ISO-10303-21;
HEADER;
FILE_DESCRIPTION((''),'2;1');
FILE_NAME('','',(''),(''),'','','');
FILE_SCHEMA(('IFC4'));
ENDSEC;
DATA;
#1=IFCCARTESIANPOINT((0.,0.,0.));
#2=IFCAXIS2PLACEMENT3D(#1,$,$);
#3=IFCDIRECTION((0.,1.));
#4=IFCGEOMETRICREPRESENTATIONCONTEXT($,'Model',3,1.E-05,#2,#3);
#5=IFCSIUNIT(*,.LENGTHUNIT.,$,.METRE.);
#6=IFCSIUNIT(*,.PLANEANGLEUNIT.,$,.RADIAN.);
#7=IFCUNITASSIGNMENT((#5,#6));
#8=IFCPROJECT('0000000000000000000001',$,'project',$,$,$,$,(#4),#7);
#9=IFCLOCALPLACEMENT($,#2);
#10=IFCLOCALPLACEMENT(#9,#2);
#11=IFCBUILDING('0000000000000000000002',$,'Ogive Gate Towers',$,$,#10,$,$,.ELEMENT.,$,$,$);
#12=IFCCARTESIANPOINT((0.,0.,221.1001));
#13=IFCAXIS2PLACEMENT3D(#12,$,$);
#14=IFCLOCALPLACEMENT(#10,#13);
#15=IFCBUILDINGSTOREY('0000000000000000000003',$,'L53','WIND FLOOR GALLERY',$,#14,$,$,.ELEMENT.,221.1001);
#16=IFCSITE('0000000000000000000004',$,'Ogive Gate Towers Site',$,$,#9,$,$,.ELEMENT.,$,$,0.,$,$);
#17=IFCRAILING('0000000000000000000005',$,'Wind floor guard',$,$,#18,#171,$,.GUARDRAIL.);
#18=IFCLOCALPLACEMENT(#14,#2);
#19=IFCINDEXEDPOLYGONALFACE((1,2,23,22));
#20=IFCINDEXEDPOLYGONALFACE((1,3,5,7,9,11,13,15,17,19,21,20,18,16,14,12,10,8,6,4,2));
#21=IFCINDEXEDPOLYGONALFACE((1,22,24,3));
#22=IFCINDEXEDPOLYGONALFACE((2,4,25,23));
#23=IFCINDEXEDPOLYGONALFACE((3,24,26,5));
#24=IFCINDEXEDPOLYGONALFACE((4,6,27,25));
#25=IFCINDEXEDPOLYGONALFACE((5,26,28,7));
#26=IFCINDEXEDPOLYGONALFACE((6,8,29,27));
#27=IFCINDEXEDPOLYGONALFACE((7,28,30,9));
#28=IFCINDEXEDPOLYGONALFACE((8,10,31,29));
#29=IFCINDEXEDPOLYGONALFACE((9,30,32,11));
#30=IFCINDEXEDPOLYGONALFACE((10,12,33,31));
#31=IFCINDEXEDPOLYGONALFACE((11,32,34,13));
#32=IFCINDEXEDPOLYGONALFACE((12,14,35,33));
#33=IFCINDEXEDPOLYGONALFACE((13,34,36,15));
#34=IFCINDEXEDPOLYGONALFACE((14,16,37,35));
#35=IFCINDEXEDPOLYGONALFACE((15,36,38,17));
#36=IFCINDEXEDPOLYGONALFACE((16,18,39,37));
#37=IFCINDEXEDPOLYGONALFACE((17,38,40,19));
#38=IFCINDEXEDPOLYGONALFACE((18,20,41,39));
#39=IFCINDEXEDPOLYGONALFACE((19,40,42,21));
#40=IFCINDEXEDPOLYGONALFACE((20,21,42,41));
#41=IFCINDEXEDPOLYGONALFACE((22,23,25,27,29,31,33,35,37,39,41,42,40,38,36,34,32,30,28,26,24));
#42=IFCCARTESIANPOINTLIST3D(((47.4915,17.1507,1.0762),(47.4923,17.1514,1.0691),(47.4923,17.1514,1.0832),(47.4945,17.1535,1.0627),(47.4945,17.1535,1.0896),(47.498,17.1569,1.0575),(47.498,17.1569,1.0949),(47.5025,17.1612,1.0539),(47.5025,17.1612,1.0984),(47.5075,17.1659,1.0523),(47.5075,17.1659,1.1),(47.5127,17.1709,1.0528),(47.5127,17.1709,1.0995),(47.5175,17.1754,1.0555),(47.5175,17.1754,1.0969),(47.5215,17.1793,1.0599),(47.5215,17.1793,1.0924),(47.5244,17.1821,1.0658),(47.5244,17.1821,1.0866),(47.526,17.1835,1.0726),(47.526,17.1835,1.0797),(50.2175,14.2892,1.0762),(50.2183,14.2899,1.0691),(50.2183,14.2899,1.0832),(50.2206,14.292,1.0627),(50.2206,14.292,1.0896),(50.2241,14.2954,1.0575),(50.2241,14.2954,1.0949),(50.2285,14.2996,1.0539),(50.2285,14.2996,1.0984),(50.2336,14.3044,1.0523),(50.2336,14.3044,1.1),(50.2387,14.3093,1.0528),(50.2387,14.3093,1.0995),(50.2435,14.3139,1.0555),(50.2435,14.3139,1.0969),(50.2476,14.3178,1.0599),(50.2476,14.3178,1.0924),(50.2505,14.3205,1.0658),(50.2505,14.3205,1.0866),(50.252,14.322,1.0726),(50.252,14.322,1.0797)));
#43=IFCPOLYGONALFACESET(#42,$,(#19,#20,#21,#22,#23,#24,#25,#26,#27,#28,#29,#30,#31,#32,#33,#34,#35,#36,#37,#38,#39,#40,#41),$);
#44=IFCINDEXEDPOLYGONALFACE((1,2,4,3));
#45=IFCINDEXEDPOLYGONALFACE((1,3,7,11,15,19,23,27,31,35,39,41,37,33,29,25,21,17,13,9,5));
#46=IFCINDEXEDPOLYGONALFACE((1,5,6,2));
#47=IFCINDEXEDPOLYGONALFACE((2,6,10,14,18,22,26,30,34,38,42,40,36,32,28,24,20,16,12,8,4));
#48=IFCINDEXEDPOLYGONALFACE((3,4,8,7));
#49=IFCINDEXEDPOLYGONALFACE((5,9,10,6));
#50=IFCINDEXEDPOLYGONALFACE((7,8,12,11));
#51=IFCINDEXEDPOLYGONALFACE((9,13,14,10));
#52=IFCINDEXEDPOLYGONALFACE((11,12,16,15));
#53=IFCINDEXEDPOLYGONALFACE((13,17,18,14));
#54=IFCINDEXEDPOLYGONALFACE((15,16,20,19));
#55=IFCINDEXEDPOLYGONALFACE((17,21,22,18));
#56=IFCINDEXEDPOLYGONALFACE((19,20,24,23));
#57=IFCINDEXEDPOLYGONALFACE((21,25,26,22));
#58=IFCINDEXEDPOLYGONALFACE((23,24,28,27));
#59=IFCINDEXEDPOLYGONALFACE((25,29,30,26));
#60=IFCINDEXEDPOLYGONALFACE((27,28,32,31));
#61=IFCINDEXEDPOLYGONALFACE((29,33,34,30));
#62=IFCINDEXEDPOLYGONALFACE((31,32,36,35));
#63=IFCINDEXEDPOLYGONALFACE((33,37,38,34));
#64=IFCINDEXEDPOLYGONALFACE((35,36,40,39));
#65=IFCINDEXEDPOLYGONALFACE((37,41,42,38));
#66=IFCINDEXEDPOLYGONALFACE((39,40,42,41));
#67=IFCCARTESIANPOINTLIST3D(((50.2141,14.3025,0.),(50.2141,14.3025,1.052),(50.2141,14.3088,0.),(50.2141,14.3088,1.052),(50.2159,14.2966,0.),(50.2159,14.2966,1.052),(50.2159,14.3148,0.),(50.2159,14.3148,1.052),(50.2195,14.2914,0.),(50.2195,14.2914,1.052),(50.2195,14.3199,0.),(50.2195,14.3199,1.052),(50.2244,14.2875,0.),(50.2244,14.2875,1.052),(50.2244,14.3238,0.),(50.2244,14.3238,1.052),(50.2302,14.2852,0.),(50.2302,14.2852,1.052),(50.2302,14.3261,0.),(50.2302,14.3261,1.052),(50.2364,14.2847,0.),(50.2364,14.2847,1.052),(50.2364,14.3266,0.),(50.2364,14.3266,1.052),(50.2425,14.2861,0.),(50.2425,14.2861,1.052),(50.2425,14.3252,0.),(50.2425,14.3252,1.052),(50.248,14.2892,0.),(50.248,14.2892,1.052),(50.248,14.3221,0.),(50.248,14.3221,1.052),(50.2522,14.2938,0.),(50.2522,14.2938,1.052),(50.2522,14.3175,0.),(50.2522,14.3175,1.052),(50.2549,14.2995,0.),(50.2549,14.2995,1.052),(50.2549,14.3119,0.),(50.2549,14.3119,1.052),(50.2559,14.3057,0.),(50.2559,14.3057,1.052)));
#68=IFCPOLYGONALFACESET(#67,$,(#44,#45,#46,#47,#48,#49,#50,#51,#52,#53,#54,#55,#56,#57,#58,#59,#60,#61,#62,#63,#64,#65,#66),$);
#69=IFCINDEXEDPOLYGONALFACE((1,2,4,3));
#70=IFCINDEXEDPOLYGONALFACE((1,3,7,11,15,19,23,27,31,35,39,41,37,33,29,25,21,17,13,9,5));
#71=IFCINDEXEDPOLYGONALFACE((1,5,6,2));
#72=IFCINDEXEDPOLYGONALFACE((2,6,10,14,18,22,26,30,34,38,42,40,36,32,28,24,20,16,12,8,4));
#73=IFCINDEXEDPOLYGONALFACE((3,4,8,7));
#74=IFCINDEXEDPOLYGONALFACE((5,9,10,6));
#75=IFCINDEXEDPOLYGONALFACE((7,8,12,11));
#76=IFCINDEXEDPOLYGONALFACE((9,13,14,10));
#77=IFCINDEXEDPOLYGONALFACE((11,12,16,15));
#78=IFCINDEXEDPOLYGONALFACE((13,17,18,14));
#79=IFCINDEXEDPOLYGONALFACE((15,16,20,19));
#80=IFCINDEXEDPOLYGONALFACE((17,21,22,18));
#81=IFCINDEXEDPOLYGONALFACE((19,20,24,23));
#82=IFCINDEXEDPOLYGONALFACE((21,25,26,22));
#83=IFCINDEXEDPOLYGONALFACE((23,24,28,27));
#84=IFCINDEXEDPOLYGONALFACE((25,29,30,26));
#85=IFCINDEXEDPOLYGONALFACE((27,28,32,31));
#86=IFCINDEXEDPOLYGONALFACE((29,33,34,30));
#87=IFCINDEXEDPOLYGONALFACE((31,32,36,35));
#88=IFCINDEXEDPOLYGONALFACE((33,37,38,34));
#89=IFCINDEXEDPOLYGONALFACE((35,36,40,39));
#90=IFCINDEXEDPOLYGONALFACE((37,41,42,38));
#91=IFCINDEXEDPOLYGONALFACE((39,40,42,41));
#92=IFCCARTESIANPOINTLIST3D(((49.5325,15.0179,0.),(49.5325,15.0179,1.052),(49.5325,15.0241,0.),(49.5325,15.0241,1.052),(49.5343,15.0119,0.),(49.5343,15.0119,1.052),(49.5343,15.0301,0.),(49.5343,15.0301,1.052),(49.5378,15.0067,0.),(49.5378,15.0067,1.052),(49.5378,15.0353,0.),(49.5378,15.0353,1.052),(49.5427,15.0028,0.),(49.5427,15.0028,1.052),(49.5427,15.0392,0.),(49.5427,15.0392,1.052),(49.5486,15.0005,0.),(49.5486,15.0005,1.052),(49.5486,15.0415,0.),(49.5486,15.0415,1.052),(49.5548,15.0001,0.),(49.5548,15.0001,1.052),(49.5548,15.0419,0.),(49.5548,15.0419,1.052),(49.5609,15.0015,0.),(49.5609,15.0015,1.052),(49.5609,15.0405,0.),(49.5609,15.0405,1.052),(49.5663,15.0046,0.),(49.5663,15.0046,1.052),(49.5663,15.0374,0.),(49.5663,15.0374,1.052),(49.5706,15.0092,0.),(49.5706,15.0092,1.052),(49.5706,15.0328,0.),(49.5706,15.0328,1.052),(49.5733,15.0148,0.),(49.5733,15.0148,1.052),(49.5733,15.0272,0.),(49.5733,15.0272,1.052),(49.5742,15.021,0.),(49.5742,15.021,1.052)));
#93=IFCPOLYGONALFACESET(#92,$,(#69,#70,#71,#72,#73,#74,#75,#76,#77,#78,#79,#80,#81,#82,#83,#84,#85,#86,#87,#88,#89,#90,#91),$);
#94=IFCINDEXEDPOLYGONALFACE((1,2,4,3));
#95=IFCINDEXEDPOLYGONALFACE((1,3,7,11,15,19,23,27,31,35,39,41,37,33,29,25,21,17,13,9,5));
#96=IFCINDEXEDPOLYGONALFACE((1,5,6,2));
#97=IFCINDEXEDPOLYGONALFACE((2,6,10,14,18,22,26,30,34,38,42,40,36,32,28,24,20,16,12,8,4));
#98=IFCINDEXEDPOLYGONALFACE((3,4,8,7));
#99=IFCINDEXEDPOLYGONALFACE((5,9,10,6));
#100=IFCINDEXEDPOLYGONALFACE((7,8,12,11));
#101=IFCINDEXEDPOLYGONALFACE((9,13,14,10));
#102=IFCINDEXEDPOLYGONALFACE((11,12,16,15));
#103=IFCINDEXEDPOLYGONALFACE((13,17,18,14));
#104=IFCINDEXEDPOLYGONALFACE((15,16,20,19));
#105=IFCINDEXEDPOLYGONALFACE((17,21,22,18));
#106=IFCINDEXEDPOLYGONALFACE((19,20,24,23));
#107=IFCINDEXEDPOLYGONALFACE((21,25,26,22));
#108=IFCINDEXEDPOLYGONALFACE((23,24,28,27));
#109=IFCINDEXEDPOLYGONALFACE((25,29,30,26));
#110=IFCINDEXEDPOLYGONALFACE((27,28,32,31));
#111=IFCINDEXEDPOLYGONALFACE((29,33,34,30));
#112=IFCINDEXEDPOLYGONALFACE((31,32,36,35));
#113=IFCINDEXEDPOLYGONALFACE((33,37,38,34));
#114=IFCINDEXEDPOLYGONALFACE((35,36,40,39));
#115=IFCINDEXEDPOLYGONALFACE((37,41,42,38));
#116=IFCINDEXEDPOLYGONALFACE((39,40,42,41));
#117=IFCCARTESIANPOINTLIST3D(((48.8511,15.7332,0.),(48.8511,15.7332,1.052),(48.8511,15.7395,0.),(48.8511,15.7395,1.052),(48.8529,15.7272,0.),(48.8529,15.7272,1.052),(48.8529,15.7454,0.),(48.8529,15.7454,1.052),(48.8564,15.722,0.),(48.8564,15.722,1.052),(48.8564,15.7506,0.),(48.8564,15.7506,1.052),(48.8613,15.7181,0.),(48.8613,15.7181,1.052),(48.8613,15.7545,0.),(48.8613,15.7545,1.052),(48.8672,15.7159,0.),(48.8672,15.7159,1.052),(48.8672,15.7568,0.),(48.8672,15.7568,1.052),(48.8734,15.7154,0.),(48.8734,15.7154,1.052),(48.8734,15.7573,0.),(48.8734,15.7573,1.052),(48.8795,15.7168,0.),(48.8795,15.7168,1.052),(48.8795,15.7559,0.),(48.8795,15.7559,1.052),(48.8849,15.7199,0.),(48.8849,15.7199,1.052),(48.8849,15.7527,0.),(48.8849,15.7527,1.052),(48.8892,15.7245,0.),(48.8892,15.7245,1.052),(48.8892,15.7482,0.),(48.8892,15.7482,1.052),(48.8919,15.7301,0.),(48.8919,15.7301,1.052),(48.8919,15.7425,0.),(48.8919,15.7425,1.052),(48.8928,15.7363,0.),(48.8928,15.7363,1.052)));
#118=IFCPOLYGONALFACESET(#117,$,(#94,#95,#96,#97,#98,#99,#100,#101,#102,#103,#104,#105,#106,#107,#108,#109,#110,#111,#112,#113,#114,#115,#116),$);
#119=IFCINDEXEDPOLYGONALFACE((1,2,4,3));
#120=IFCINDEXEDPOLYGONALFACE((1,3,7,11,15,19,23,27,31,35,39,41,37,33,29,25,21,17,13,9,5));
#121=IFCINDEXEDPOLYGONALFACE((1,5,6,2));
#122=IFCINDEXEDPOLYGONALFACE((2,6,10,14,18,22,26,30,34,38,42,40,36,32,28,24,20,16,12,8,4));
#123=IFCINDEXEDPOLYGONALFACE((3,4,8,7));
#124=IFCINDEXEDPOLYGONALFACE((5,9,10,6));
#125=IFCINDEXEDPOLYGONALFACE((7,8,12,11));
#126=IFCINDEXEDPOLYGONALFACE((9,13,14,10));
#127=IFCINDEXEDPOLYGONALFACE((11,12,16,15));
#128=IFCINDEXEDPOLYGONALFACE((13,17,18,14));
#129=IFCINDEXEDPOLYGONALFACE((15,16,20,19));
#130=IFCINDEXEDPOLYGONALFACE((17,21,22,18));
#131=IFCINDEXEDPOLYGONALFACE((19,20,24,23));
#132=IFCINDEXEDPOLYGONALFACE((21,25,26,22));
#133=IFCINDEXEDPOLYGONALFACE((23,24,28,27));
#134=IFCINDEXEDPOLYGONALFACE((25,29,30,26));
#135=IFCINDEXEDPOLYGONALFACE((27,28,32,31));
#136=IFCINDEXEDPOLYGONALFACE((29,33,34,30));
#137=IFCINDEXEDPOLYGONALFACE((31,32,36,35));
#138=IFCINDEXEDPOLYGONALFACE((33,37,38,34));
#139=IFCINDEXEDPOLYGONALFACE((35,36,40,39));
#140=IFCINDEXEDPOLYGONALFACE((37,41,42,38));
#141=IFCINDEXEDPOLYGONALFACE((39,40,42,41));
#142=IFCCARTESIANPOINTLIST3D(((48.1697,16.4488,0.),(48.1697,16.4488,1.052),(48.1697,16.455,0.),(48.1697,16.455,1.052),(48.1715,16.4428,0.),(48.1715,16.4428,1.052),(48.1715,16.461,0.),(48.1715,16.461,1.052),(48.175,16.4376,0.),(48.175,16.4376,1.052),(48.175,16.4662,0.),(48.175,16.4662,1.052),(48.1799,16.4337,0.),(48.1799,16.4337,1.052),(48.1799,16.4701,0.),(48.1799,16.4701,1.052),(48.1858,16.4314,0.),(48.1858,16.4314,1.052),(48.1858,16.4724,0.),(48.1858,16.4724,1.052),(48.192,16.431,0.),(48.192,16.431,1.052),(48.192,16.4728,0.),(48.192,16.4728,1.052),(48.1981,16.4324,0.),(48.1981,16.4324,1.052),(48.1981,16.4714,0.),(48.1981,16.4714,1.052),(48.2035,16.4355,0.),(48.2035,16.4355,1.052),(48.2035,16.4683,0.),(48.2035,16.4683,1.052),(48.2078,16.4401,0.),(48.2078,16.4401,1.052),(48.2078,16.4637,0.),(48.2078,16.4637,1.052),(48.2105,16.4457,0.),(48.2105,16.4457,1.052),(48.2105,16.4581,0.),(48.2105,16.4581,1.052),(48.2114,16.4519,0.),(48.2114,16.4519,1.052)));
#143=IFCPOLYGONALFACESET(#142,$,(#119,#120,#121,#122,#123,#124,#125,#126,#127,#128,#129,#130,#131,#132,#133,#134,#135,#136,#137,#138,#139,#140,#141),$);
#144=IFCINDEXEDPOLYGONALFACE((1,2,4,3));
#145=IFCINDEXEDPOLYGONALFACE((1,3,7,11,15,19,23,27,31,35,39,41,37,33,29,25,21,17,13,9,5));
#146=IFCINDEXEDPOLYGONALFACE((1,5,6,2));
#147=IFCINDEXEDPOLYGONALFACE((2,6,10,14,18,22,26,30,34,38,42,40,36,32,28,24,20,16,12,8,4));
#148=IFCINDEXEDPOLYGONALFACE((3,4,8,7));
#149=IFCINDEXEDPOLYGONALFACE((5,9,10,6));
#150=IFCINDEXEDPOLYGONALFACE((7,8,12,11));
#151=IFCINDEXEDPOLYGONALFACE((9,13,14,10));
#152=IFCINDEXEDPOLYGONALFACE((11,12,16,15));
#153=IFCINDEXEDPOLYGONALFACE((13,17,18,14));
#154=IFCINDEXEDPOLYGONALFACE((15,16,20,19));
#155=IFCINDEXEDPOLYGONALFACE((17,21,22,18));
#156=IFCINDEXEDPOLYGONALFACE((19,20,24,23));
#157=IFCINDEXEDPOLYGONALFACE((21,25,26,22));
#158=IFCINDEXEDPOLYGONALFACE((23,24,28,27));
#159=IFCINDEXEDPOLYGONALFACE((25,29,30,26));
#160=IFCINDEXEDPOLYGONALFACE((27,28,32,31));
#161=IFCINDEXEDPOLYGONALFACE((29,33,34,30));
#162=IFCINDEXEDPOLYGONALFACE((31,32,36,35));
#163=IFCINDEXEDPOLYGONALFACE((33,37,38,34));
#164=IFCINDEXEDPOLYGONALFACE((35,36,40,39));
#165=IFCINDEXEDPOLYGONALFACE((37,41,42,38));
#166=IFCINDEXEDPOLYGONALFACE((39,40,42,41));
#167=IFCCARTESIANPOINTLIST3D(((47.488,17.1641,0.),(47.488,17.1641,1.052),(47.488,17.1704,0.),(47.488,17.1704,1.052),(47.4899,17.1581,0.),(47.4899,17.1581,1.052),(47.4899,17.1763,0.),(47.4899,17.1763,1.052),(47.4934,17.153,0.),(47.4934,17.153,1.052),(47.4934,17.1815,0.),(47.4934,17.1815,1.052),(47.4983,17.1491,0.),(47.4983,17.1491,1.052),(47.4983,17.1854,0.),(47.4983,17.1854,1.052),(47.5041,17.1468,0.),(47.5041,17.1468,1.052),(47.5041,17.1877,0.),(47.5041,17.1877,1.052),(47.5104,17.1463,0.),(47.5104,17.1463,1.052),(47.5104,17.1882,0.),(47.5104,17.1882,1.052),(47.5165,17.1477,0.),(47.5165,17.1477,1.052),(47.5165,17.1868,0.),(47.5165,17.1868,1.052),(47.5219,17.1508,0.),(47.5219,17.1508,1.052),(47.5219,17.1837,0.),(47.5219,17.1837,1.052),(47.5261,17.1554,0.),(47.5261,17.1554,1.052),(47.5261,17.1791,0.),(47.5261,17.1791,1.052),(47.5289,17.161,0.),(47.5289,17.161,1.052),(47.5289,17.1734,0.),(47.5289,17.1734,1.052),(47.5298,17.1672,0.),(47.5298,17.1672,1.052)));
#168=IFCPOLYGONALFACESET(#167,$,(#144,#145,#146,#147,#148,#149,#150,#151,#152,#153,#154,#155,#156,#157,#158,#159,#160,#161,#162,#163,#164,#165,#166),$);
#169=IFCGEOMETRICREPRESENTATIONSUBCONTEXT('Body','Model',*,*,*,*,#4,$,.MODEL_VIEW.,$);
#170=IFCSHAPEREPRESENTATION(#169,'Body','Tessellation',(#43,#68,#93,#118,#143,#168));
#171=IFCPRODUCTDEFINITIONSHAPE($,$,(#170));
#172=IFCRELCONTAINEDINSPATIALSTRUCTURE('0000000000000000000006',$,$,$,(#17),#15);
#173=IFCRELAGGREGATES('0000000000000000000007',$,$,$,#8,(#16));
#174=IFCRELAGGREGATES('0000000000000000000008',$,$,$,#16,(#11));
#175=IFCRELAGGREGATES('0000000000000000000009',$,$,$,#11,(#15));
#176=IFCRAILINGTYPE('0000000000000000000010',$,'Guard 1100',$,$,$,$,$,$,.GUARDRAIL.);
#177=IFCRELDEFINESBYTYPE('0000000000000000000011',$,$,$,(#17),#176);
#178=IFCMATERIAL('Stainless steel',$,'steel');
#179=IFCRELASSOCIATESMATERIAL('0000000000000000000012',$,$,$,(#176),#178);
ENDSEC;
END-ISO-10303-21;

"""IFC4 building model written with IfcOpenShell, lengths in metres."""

from ifc_helpers import new_model, si_unit, direction, frame, origin, origin_2d, place, context, subcontext, project, spatial, circle, extrude, material, type_object, element, save


model = new_model("IFC4")

# Units and contexts
model_context = context("Model", 3, precision=1e-05, world=origin(), true_north=direction((0.0, 1.0)))
body_context = subcontext(model_context, "Body", "Model", "MODEL_VIEW")
ifc_project = project(units=[si_unit("LENGTHUNIT", "METRE"), si_unit("PLANEANGLEUNIT", "RADIAN")], contexts=[model_context])

# Site, building, storey
site_placement = place(None, origin())
site = spatial("IfcSite", under=ifc_project, at=site_placement, Name="Ogive Gate Towers Site", CompositionType="ELEMENT", RefElevation=0.0)
building_placement = place(site_placement, origin())
building = spatial("IfcBuilding", under=site, at=building_placement, Name="Ogive Gate Towers", CompositionType="ELEMENT")
storey_placement = place(building_placement, frame((0.0, 0.0, 221.1001)))
storey = spatial("IfcBuildingStorey", under=building, at=storey_placement, Name="L53", Description="WIND FLOOR GALLERY", CompositionType="ELEMENT", Elevation=221.1001)

# Railing
ifc_material_1 = material(Name="Stainless steel", Category="steel")
railing_type_1 = type_object("IfcRailingType", Name="Guard 1100", PredefinedType="GUARDRAIL", material=ifc_material_1)
railing_1_placement = place(storey_placement, frame((50.2349, 14.3057, 0.0)))
element("IfcRailing", 1, at=railing_1_placement, inside=storey, type_object=railing_type_1, Name="Wind floor guard", PredefinedType="GUARDRAIL", context=body_context, shape_type="SweptSolid", body=[
    extrude(circle(Radius=0.0239, at=origin_2d()), frame((0.0, 0.0, 1.0762), z_axis=(-0.689757, 0.724041, 0.0), x_axis=(-0.724041, -0.689757, 0.0)), (0.0, 0.0, 1.0), 3.9521),
    extrude(circle(Radius=0.021, at=origin_2d()), origin(), (0.0, 0.0, 1.0), 1.052),
    extrude(circle(Radius=0.021, at=origin_2d()), frame((-0.6816, 0.7153, 0.0)), (0.0, 0.0, 1.0), 1.052),
    extrude(circle(Radius=0.021, at=origin_2d()), frame((-1.363, 1.4307, 0.0)), (0.0, 0.0, 1.0), 1.052),
    extrude(circle(Radius=0.021, at=origin_2d()), frame((-2.0444, 2.1462, 0.0)), (0.0, 0.0, 1.0), 1.052),
    extrude(circle(Radius=0.021, at=origin_2d()), frame((-2.7261, 2.8616, 0.0)), (0.0, 0.0, 1.0), 1.052),
])

save(model, "model.ifc")
